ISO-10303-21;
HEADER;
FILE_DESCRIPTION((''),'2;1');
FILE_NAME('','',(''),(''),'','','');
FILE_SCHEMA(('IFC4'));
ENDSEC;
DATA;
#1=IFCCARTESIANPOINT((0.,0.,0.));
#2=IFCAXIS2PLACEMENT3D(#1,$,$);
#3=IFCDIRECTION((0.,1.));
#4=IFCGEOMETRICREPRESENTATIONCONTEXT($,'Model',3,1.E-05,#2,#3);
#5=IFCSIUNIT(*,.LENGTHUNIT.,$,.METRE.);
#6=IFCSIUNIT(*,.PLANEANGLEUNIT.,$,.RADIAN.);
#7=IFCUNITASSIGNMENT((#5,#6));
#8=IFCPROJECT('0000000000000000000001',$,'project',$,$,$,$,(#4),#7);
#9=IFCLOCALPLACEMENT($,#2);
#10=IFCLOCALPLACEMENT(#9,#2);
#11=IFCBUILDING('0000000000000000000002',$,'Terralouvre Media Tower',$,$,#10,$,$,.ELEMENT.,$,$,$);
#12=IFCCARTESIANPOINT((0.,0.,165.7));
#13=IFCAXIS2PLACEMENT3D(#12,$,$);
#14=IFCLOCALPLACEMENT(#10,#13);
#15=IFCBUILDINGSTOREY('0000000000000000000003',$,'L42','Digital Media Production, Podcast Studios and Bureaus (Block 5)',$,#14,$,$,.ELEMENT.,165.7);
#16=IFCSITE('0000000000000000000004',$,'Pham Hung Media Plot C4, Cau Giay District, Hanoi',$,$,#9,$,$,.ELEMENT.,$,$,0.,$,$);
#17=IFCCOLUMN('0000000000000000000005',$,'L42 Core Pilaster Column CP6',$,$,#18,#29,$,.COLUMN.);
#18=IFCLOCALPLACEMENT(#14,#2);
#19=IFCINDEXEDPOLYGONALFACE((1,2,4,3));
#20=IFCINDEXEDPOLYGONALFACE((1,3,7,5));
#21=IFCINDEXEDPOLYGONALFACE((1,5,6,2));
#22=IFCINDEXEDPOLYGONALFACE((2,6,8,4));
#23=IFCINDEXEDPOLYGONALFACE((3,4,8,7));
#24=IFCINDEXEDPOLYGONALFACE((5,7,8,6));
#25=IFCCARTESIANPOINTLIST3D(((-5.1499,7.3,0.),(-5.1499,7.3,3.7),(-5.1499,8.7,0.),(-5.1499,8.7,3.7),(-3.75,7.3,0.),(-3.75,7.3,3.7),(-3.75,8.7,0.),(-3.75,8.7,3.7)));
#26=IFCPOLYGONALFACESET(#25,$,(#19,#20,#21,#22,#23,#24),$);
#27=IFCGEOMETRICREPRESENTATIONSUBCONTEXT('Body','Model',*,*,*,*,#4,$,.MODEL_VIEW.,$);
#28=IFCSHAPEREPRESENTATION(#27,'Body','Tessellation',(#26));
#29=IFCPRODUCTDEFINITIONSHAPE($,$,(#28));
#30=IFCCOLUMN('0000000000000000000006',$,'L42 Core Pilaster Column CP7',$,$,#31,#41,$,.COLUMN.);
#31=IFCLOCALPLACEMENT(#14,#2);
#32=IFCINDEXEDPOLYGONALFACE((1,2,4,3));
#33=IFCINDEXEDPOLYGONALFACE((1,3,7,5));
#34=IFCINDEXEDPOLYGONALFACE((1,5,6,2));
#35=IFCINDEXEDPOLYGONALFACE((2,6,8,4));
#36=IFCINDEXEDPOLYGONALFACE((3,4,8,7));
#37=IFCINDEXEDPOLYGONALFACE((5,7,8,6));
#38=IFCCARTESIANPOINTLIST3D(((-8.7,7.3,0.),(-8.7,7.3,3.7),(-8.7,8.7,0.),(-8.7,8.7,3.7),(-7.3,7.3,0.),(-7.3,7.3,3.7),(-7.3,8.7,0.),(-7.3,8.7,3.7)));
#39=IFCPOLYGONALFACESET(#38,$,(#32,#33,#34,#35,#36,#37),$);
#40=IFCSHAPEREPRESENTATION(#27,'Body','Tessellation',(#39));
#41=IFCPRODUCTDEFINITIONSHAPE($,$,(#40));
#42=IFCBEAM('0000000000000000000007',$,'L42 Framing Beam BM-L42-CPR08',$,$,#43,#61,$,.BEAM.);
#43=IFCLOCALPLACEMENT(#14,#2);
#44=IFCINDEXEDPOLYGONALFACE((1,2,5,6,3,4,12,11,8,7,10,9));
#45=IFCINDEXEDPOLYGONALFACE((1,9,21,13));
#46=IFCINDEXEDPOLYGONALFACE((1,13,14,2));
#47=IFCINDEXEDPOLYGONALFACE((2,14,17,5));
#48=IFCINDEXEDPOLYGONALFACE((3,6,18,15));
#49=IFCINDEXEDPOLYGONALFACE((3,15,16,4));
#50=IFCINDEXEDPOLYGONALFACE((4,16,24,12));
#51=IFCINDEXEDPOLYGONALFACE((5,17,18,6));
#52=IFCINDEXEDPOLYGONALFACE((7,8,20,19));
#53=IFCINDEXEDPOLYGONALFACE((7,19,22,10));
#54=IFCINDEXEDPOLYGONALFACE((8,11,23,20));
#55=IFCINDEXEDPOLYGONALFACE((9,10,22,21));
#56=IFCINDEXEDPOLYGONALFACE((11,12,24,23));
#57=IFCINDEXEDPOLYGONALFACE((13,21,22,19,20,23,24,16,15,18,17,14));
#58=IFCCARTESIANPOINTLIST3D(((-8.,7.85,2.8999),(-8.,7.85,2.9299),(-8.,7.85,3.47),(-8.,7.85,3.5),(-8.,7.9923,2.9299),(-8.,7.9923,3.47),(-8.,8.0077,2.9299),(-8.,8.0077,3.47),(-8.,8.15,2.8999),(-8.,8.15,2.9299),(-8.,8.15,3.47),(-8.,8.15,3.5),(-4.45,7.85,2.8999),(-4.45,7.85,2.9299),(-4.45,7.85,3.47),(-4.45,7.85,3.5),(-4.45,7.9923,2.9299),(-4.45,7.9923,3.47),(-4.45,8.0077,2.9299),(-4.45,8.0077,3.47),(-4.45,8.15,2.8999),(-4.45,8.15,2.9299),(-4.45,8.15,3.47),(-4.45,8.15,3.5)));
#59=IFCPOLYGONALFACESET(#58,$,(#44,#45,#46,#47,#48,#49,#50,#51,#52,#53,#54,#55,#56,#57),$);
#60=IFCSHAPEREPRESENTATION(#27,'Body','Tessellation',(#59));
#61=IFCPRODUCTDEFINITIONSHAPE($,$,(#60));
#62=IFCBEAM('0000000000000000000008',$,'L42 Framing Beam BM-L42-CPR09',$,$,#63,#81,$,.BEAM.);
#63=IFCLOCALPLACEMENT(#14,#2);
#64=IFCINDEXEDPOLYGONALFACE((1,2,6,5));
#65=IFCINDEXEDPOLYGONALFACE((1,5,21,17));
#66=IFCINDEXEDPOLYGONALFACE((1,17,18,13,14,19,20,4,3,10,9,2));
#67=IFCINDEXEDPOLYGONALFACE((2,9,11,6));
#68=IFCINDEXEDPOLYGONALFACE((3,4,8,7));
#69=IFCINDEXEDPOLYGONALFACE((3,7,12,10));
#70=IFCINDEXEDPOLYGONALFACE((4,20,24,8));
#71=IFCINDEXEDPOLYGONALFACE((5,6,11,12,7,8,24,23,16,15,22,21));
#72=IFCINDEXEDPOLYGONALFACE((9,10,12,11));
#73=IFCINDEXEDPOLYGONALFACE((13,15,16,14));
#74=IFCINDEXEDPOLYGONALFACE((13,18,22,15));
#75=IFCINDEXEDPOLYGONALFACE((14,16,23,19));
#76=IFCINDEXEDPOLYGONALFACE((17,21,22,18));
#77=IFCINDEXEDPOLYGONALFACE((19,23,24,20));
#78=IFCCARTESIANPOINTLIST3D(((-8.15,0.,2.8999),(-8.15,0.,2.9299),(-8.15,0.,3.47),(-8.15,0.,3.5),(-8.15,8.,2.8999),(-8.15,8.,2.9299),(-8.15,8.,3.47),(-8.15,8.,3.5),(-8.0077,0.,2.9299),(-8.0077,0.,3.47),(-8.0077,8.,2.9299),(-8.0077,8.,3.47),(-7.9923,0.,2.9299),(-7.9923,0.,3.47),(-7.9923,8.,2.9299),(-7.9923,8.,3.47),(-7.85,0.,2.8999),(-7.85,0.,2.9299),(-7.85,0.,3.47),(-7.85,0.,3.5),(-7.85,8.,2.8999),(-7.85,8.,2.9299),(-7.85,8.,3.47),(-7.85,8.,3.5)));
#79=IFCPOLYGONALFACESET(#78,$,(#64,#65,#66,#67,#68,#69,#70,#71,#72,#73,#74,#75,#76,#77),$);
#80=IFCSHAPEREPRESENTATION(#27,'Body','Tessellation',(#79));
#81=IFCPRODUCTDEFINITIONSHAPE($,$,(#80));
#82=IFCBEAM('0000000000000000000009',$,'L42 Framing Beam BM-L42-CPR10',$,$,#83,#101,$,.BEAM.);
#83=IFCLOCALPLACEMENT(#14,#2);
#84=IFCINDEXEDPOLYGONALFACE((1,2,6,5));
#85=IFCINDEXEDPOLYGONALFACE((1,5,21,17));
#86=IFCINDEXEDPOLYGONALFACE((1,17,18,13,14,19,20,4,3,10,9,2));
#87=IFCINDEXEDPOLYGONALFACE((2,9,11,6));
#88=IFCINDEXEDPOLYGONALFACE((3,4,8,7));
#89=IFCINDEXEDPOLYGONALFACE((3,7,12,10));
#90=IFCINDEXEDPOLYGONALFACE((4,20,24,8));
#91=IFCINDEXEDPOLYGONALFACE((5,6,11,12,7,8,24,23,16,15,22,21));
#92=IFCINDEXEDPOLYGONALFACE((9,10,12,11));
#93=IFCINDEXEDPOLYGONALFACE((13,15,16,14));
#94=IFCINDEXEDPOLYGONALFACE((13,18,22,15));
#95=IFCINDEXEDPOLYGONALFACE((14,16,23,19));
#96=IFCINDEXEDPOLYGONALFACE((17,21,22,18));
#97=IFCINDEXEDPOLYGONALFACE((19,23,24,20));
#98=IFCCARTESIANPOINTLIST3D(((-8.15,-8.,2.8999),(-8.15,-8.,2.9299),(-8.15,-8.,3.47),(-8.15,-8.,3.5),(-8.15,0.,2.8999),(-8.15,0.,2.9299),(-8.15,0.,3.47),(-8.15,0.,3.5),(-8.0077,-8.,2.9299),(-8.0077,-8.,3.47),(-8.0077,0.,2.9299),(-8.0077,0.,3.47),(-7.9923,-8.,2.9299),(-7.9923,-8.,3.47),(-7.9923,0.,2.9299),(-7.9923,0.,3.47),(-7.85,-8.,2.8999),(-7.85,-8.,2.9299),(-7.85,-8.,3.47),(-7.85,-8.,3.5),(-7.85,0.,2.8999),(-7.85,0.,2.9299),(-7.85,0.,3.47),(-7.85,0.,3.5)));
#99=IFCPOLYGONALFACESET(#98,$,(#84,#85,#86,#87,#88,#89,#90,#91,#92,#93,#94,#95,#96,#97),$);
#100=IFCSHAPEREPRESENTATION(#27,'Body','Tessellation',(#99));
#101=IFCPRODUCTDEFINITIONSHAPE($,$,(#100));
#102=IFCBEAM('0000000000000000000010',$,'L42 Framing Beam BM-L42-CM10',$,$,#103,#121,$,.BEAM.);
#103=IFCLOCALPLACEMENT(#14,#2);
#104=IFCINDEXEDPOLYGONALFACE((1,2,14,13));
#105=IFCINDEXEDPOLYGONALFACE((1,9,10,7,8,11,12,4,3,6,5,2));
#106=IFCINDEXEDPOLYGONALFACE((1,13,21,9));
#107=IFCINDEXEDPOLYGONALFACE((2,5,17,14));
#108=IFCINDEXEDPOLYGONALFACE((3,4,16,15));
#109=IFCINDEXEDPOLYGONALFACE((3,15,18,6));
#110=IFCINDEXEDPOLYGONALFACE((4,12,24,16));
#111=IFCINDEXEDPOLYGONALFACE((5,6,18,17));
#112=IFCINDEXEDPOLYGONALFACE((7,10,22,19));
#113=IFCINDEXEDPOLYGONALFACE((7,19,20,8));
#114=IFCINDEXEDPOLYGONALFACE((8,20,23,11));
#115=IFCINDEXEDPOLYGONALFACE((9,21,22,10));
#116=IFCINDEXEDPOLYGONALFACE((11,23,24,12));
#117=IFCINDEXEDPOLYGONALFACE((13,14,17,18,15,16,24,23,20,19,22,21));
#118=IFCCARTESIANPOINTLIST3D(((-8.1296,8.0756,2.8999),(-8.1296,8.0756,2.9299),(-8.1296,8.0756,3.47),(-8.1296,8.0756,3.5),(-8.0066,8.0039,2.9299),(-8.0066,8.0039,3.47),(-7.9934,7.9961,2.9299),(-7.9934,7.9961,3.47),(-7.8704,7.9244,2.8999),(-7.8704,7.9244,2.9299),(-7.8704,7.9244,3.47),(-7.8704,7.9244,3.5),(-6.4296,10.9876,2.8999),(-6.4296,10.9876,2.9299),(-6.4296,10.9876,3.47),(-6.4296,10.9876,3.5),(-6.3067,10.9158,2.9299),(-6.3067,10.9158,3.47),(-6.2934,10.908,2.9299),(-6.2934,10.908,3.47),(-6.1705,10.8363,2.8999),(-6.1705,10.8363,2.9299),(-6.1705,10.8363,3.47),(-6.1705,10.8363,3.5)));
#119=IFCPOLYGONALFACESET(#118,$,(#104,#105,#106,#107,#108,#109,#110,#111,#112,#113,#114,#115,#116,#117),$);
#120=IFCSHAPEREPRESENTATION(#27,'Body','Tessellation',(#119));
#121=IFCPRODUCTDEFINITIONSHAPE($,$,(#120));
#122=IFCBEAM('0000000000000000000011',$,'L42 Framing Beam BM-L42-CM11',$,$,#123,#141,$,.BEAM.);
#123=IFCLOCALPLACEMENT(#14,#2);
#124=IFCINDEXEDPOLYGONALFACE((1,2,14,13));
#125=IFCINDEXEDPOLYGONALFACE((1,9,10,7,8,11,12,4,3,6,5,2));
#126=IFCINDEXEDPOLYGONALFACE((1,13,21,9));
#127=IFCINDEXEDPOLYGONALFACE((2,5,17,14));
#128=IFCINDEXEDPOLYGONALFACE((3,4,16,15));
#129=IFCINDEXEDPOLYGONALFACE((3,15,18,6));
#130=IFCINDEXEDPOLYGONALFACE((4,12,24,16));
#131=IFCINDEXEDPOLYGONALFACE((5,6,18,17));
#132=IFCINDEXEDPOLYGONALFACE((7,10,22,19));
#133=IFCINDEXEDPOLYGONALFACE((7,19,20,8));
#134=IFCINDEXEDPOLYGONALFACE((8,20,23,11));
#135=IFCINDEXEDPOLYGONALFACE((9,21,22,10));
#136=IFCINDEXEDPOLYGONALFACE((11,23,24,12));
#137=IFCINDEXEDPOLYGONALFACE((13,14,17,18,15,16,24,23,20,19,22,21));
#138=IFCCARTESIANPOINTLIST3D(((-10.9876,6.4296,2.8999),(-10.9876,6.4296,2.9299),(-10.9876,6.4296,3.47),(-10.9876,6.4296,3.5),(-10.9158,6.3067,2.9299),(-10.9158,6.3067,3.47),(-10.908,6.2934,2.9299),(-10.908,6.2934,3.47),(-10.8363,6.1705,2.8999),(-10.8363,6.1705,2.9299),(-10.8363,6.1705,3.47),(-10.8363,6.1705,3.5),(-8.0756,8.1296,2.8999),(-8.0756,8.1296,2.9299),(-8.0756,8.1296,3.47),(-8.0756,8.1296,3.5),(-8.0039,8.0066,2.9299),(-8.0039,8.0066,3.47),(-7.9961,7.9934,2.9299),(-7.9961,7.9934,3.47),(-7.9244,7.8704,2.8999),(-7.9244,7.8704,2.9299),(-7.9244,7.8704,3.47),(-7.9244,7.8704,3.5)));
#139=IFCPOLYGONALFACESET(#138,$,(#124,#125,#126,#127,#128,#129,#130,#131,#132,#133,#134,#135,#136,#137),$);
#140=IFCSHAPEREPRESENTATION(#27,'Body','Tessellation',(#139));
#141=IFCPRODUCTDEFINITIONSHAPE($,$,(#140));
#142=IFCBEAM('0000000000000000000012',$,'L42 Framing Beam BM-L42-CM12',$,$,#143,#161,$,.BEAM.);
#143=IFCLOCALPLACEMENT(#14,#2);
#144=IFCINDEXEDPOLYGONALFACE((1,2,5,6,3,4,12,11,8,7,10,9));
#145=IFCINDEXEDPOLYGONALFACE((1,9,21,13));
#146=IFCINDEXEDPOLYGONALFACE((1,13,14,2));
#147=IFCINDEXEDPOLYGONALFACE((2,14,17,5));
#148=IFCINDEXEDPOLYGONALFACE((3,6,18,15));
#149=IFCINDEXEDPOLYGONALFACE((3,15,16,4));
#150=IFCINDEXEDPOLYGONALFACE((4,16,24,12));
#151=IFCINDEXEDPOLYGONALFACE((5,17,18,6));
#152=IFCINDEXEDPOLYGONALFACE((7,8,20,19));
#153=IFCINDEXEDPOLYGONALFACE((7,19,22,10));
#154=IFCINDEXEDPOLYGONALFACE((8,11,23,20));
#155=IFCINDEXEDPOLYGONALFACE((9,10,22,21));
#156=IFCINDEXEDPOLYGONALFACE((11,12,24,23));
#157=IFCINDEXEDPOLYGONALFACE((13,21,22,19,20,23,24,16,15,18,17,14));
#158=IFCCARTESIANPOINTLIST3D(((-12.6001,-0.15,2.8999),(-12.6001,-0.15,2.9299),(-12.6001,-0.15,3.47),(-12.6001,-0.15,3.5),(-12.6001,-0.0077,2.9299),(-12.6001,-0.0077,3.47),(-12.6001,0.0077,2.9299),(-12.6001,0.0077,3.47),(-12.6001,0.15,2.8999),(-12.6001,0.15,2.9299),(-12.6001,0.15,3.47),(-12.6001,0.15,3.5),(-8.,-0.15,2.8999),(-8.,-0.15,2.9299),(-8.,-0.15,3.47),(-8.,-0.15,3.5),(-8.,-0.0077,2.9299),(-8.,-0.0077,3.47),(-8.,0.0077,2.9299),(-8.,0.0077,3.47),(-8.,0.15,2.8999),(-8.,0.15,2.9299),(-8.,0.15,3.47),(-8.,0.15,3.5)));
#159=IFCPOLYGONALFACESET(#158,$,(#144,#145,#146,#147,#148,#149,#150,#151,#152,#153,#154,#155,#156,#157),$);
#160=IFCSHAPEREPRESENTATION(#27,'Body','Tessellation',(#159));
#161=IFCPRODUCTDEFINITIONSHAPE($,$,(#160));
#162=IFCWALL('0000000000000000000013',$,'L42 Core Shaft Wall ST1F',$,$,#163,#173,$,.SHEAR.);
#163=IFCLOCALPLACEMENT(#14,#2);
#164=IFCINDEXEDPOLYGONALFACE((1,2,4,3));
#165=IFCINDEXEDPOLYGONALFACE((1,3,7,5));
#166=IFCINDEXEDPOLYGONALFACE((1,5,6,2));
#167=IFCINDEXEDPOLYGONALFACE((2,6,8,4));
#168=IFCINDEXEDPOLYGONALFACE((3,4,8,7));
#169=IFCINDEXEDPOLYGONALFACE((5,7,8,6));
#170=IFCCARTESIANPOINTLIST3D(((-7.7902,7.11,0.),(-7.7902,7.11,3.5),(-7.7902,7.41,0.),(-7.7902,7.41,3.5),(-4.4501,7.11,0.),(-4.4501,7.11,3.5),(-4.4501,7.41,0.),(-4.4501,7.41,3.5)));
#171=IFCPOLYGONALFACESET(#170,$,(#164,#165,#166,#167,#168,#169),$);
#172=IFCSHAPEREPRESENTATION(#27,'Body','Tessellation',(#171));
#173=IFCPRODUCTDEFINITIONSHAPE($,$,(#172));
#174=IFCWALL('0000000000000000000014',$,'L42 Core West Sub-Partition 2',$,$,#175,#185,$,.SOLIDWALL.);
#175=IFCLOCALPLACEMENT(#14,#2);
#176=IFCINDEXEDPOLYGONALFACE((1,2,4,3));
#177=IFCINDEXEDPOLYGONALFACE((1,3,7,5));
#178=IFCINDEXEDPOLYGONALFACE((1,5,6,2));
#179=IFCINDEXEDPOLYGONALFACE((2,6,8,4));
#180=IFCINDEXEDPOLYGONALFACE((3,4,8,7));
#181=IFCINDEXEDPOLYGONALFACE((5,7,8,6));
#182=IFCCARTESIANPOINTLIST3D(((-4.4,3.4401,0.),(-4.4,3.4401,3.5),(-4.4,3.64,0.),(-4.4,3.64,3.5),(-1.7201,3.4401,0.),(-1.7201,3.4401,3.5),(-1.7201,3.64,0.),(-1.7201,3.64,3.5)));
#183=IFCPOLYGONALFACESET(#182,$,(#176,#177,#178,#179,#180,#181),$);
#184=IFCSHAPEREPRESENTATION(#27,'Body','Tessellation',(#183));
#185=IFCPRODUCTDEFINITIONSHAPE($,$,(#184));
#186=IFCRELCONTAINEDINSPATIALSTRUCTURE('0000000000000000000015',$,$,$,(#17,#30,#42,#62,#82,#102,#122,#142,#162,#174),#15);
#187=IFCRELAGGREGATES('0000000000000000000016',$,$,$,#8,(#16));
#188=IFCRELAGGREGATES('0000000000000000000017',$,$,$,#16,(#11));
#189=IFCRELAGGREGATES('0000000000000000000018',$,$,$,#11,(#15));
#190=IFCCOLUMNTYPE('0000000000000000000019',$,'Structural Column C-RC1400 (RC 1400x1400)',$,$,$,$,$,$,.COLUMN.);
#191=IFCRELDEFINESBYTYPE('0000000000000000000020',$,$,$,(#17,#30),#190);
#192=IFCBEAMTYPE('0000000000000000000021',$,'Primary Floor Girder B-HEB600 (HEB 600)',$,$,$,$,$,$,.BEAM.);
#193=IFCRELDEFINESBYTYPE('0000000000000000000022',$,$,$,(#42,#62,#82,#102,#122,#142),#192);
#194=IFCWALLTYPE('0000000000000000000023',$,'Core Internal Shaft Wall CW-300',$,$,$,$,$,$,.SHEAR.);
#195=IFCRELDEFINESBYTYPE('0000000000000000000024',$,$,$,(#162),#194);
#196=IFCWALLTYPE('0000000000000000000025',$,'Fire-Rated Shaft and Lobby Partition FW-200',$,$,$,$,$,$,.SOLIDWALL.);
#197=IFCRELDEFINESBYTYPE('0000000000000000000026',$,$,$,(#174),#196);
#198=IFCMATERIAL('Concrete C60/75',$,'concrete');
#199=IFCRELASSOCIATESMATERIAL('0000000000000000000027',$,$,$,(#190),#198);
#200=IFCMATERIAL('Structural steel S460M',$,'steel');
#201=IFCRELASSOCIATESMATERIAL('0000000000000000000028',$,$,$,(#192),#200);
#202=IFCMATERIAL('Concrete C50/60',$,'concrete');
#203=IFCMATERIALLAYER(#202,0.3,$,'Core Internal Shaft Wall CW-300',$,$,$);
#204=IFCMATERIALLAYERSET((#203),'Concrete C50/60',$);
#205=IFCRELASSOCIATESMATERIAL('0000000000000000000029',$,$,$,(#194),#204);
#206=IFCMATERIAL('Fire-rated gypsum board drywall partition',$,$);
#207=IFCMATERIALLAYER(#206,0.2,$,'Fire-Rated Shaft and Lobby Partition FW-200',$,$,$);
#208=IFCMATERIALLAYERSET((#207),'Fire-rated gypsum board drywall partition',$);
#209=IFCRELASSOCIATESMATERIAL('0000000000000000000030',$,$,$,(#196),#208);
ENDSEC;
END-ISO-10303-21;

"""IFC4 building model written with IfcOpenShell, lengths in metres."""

from ifc_helpers import new_model, si_unit, direction, frame, frame_2d, origin, origin_2d, place, context, subcontext, project, spatial, rectangle, i_section, extrude, material, layer, layer_set, material_profile, profile_set, type_object, element, save


model = new_model("IFC4")

# Units and contexts
model_context = context("Model", 3, precision=1e-05, world=origin(), true_north=direction((0.0, 1.0)))
body_context = subcontext(model_context, "Body", "Model", "MODEL_VIEW")
ifc_project = project(units=[si_unit("LENGTHUNIT", "METRE"), si_unit("PLANEANGLEUNIT", "RADIAN")], contexts=[model_context])

# Site, building, storey
site_placement = place(None, origin())
site = spatial("IfcSite", under=ifc_project, at=site_placement, Name="Pham Hung Media Plot C4, Cau Giay District, Hanoi", CompositionType="ELEMENT", RefElevation=0.0)
building_placement = place(site_placement, origin())
building = spatial("IfcBuilding", under=site, at=building_placement, Name="Terralouvre Media Tower", CompositionType="ELEMENT")
storey_placement = place(building_placement, frame((0.0, 0.0, 165.7)))
storey = spatial("IfcBuildingStorey", under=building, at=storey_placement, Name="L42", Description="Digital Media Production, Podcast Studios and Bureaus (Block 5)", CompositionType="ELEMENT", Elevation=165.7)

# Columns
ifc_material_1 = material(Name="Concrete C60/75", Category="concrete")
ifc_material_profile_1 = material_profile(ifc_material_1, rectangle(XDim=1.3999, YDim=1.3999, at=origin_2d()), Name="RC 1400x1400")
ifc_profile_set_1 = profile_set([ifc_material_profile_1], Name="Concrete C60/75")
column_type = type_object("IfcColumnType", Name="Structural Column C-RC1400 (RC 1400x1400)", PredefinedType="COLUMN", material=ifc_profile_set_1)
for number, where, z_axis, x_axis, name in (
    (1, (-4.45, 8.0, 0.0), (0.0, 0.0, 1.0), (1.0, 0.0, 0.0), "L42 Core Pilaster Column CP6"),
    (2, (-8.0, 8.0, 0.0), (0.0, 0.0, 1.0), (1.0, 0.0, 0.0), "L42 Core Pilaster Column CP7"),
):
    element("IfcColumn", number, at=place(storey_placement, frame(where, z_axis=z_axis, x_axis=x_axis)), inside=storey, type_object=column_type, Name=name, PredefinedType="COLUMN", context=body_context, shape_type="SweptSolid", body=[
        extrude(rectangle(XDim=1.3999, YDim=1.3999, at=origin_2d()), origin(), (0.0, 0.0, 1.0), 3.7),
    ])

# Beams
ifc_material_2 = material(Name="Structural steel S460M", Category="steel")
ifc_material_profile_2 = material_profile(ifc_material_2, i_section(OverallWidth=0.3, OverallDepth=0.6001, WebThickness=0.0154, FlangeThickness=0.03, at=origin_2d()), Name="HEB 600")
ifc_profile_set_2 = profile_set([ifc_material_profile_2], Name="Structural steel S460M")
beam_type = type_object("IfcBeamType", Name="Primary Floor Girder B-HEB600 (HEB 600)", PredefinedType="BEAM", material=ifc_profile_set_2)
beam_1_placement = place(storey_placement, frame((-4.45, 8.0, 3.2), z_axis=(-1.0, 0.0, 0.0), x_axis=(0.0, -1.0, 0.0)))
element("IfcBeam", 3, at=beam_1_placement, inside=storey, type_object=beam_type, Name="L42 Framing Beam BM-L42-CPR08", PredefinedType="BEAM", context=body_context, shape_type="SweptSolid", body=[
    extrude(i_section(OverallWidth=0.3, OverallDepth=0.6001, WebThickness=0.0154, FlangeThickness=0.03, at=origin_2d()), origin(), (0.0, 0.0, 1.0), 3.55),
])
for number, where, z_axis, x_axis, name in (
    (4, (-8.0, 8.0, 3.2), (0.0, -1.0, 0.0), (1.0, 0.0, 0.0), "L42 Framing Beam BM-L42-CPR09"),
    (5, (-8.0, 0.0, 3.2), (0.0, -1.0, 0.0), (1.0, 0.0, 0.0), "L42 Framing Beam BM-L42-CPR10"),
):
    element("IfcBeam", number, at=place(storey_placement, frame(where, z_axis=z_axis, x_axis=x_axis)), inside=storey, type_object=beam_type, Name=name, PredefinedType="BEAM", context=body_context, shape_type="SweptSolid", body=[
        extrude(i_section(OverallWidth=0.3, OverallDepth=0.6001, WebThickness=0.0154, FlangeThickness=0.03, at=origin_2d()), origin(), (0.0, 0.0, 1.0), 8.0),
    ])
for number, where, z_axis, x_axis, name in (
    (6, (-8.0, 8.0, 3.2), (0.504173, 0.863603, 0.0), (-0.863603, 0.504173, 0.0), "L42 Framing Beam BM-L42-CM10"),
    (7, (-8.0, 8.0, 3.2), (-0.863603, -0.504173, 0.0), (0.504173, -0.863603, 0.0), "L42 Framing Beam BM-L42-CM11"),
):
    element("IfcBeam", number, at=place(storey_placement, frame(where, z_axis=z_axis, x_axis=x_axis)), inside=storey, type_object=beam_type, Name=name, PredefinedType="BEAM", context=body_context, shape_type="SweptSolid", body=[
        extrude(i_section(OverallWidth=0.3, OverallDepth=0.6001, WebThickness=0.0154, FlangeThickness=0.03, at=origin_2d()), origin(), (0.0, 0.0, 1.0), 3.3718),
    ])
beam_2_placement = place(storey_placement, frame((-8.0, 0.0, 3.2), z_axis=(-1.0, 0.0, 0.0), x_axis=(0.0, -1.0, 0.0)))
element("IfcBeam", 8, at=beam_2_placement, inside=storey, type_object=beam_type, Name="L42 Framing Beam BM-L42-CM12", PredefinedType="BEAM", context=body_context, shape_type="SweptSolid", body=[
    extrude(i_section(OverallWidth=0.3, OverallDepth=0.6001, WebThickness=0.0154, FlangeThickness=0.03, at=origin_2d()), origin(), (0.0, 0.0, 1.0), 4.6001),
])

# Shared definitions
ifc_material_3 = material(Name="Concrete C50/60", Category="concrete")
ifc_layer_1 = layer(ifc_material_3, 0.3, Name="Core Internal Shaft Wall CW-300")
ifc_layer_set_1 = layer_set([ifc_layer_1], Name="Concrete C50/60")
wall_type_1 = type_object("IfcWallType", Name="Core Internal Shaft Wall CW-300", PredefinedType="SHEAR", material=ifc_layer_set_1)

# Wall
wall_1_placement = place(storey_placement, frame((-7.79, 7.26, 0.0), z_axis=(0.0, 0.0, 1.0), x_axis=(1.0, 0.0, 0.0)))
element("IfcWall", 9, at=wall_1_placement, inside=storey, type_object=wall_type_1, Name="L42 Core Shaft Wall ST1F", PredefinedType="SHEAR", context=body_context, shape_type="SweptSolid", body=[
    extrude(rectangle(XDim=3.3401, YDim=0.3, at=frame_2d((1.6699, 0.0))), origin(), (0.0, 0.0, 1.0), 3.5),
])

# Wall
ifc_material_4 = material(Name="Fire-rated gypsum board drywall partition")
ifc_layer_2 = layer(ifc_material_4, 0.2, Name="Fire-Rated Shaft and Lobby Partition FW-200")
ifc_layer_set_2 = layer_set([ifc_layer_2], Name="Fire-rated gypsum board drywall partition")
wall_type_2 = type_object("IfcWallType", Name="Fire-Rated Shaft and Lobby Partition FW-200", PredefinedType="SOLIDWALL", material=ifc_layer_set_2)
wall_2_placement = place(storey_placement, frame((-4.3999, 3.54, 0.0), z_axis=(0.0, 0.0, 1.0), x_axis=(1.0, 0.0, 0.0)))
element("IfcWall", 10, at=wall_2_placement, inside=storey, type_object=wall_type_2, Name="L42 Core West Sub-Partition 2", PredefinedType="SOLIDWALL", context=body_context, shape_type="SweptSolid", body=[
    extrude(rectangle(XDim=2.6799, YDim=0.2, at=frame_2d((1.3398, 0.0))), origin(), (0.0, 0.0, 1.0), 3.5),
])

save(model, "model.ifc")
